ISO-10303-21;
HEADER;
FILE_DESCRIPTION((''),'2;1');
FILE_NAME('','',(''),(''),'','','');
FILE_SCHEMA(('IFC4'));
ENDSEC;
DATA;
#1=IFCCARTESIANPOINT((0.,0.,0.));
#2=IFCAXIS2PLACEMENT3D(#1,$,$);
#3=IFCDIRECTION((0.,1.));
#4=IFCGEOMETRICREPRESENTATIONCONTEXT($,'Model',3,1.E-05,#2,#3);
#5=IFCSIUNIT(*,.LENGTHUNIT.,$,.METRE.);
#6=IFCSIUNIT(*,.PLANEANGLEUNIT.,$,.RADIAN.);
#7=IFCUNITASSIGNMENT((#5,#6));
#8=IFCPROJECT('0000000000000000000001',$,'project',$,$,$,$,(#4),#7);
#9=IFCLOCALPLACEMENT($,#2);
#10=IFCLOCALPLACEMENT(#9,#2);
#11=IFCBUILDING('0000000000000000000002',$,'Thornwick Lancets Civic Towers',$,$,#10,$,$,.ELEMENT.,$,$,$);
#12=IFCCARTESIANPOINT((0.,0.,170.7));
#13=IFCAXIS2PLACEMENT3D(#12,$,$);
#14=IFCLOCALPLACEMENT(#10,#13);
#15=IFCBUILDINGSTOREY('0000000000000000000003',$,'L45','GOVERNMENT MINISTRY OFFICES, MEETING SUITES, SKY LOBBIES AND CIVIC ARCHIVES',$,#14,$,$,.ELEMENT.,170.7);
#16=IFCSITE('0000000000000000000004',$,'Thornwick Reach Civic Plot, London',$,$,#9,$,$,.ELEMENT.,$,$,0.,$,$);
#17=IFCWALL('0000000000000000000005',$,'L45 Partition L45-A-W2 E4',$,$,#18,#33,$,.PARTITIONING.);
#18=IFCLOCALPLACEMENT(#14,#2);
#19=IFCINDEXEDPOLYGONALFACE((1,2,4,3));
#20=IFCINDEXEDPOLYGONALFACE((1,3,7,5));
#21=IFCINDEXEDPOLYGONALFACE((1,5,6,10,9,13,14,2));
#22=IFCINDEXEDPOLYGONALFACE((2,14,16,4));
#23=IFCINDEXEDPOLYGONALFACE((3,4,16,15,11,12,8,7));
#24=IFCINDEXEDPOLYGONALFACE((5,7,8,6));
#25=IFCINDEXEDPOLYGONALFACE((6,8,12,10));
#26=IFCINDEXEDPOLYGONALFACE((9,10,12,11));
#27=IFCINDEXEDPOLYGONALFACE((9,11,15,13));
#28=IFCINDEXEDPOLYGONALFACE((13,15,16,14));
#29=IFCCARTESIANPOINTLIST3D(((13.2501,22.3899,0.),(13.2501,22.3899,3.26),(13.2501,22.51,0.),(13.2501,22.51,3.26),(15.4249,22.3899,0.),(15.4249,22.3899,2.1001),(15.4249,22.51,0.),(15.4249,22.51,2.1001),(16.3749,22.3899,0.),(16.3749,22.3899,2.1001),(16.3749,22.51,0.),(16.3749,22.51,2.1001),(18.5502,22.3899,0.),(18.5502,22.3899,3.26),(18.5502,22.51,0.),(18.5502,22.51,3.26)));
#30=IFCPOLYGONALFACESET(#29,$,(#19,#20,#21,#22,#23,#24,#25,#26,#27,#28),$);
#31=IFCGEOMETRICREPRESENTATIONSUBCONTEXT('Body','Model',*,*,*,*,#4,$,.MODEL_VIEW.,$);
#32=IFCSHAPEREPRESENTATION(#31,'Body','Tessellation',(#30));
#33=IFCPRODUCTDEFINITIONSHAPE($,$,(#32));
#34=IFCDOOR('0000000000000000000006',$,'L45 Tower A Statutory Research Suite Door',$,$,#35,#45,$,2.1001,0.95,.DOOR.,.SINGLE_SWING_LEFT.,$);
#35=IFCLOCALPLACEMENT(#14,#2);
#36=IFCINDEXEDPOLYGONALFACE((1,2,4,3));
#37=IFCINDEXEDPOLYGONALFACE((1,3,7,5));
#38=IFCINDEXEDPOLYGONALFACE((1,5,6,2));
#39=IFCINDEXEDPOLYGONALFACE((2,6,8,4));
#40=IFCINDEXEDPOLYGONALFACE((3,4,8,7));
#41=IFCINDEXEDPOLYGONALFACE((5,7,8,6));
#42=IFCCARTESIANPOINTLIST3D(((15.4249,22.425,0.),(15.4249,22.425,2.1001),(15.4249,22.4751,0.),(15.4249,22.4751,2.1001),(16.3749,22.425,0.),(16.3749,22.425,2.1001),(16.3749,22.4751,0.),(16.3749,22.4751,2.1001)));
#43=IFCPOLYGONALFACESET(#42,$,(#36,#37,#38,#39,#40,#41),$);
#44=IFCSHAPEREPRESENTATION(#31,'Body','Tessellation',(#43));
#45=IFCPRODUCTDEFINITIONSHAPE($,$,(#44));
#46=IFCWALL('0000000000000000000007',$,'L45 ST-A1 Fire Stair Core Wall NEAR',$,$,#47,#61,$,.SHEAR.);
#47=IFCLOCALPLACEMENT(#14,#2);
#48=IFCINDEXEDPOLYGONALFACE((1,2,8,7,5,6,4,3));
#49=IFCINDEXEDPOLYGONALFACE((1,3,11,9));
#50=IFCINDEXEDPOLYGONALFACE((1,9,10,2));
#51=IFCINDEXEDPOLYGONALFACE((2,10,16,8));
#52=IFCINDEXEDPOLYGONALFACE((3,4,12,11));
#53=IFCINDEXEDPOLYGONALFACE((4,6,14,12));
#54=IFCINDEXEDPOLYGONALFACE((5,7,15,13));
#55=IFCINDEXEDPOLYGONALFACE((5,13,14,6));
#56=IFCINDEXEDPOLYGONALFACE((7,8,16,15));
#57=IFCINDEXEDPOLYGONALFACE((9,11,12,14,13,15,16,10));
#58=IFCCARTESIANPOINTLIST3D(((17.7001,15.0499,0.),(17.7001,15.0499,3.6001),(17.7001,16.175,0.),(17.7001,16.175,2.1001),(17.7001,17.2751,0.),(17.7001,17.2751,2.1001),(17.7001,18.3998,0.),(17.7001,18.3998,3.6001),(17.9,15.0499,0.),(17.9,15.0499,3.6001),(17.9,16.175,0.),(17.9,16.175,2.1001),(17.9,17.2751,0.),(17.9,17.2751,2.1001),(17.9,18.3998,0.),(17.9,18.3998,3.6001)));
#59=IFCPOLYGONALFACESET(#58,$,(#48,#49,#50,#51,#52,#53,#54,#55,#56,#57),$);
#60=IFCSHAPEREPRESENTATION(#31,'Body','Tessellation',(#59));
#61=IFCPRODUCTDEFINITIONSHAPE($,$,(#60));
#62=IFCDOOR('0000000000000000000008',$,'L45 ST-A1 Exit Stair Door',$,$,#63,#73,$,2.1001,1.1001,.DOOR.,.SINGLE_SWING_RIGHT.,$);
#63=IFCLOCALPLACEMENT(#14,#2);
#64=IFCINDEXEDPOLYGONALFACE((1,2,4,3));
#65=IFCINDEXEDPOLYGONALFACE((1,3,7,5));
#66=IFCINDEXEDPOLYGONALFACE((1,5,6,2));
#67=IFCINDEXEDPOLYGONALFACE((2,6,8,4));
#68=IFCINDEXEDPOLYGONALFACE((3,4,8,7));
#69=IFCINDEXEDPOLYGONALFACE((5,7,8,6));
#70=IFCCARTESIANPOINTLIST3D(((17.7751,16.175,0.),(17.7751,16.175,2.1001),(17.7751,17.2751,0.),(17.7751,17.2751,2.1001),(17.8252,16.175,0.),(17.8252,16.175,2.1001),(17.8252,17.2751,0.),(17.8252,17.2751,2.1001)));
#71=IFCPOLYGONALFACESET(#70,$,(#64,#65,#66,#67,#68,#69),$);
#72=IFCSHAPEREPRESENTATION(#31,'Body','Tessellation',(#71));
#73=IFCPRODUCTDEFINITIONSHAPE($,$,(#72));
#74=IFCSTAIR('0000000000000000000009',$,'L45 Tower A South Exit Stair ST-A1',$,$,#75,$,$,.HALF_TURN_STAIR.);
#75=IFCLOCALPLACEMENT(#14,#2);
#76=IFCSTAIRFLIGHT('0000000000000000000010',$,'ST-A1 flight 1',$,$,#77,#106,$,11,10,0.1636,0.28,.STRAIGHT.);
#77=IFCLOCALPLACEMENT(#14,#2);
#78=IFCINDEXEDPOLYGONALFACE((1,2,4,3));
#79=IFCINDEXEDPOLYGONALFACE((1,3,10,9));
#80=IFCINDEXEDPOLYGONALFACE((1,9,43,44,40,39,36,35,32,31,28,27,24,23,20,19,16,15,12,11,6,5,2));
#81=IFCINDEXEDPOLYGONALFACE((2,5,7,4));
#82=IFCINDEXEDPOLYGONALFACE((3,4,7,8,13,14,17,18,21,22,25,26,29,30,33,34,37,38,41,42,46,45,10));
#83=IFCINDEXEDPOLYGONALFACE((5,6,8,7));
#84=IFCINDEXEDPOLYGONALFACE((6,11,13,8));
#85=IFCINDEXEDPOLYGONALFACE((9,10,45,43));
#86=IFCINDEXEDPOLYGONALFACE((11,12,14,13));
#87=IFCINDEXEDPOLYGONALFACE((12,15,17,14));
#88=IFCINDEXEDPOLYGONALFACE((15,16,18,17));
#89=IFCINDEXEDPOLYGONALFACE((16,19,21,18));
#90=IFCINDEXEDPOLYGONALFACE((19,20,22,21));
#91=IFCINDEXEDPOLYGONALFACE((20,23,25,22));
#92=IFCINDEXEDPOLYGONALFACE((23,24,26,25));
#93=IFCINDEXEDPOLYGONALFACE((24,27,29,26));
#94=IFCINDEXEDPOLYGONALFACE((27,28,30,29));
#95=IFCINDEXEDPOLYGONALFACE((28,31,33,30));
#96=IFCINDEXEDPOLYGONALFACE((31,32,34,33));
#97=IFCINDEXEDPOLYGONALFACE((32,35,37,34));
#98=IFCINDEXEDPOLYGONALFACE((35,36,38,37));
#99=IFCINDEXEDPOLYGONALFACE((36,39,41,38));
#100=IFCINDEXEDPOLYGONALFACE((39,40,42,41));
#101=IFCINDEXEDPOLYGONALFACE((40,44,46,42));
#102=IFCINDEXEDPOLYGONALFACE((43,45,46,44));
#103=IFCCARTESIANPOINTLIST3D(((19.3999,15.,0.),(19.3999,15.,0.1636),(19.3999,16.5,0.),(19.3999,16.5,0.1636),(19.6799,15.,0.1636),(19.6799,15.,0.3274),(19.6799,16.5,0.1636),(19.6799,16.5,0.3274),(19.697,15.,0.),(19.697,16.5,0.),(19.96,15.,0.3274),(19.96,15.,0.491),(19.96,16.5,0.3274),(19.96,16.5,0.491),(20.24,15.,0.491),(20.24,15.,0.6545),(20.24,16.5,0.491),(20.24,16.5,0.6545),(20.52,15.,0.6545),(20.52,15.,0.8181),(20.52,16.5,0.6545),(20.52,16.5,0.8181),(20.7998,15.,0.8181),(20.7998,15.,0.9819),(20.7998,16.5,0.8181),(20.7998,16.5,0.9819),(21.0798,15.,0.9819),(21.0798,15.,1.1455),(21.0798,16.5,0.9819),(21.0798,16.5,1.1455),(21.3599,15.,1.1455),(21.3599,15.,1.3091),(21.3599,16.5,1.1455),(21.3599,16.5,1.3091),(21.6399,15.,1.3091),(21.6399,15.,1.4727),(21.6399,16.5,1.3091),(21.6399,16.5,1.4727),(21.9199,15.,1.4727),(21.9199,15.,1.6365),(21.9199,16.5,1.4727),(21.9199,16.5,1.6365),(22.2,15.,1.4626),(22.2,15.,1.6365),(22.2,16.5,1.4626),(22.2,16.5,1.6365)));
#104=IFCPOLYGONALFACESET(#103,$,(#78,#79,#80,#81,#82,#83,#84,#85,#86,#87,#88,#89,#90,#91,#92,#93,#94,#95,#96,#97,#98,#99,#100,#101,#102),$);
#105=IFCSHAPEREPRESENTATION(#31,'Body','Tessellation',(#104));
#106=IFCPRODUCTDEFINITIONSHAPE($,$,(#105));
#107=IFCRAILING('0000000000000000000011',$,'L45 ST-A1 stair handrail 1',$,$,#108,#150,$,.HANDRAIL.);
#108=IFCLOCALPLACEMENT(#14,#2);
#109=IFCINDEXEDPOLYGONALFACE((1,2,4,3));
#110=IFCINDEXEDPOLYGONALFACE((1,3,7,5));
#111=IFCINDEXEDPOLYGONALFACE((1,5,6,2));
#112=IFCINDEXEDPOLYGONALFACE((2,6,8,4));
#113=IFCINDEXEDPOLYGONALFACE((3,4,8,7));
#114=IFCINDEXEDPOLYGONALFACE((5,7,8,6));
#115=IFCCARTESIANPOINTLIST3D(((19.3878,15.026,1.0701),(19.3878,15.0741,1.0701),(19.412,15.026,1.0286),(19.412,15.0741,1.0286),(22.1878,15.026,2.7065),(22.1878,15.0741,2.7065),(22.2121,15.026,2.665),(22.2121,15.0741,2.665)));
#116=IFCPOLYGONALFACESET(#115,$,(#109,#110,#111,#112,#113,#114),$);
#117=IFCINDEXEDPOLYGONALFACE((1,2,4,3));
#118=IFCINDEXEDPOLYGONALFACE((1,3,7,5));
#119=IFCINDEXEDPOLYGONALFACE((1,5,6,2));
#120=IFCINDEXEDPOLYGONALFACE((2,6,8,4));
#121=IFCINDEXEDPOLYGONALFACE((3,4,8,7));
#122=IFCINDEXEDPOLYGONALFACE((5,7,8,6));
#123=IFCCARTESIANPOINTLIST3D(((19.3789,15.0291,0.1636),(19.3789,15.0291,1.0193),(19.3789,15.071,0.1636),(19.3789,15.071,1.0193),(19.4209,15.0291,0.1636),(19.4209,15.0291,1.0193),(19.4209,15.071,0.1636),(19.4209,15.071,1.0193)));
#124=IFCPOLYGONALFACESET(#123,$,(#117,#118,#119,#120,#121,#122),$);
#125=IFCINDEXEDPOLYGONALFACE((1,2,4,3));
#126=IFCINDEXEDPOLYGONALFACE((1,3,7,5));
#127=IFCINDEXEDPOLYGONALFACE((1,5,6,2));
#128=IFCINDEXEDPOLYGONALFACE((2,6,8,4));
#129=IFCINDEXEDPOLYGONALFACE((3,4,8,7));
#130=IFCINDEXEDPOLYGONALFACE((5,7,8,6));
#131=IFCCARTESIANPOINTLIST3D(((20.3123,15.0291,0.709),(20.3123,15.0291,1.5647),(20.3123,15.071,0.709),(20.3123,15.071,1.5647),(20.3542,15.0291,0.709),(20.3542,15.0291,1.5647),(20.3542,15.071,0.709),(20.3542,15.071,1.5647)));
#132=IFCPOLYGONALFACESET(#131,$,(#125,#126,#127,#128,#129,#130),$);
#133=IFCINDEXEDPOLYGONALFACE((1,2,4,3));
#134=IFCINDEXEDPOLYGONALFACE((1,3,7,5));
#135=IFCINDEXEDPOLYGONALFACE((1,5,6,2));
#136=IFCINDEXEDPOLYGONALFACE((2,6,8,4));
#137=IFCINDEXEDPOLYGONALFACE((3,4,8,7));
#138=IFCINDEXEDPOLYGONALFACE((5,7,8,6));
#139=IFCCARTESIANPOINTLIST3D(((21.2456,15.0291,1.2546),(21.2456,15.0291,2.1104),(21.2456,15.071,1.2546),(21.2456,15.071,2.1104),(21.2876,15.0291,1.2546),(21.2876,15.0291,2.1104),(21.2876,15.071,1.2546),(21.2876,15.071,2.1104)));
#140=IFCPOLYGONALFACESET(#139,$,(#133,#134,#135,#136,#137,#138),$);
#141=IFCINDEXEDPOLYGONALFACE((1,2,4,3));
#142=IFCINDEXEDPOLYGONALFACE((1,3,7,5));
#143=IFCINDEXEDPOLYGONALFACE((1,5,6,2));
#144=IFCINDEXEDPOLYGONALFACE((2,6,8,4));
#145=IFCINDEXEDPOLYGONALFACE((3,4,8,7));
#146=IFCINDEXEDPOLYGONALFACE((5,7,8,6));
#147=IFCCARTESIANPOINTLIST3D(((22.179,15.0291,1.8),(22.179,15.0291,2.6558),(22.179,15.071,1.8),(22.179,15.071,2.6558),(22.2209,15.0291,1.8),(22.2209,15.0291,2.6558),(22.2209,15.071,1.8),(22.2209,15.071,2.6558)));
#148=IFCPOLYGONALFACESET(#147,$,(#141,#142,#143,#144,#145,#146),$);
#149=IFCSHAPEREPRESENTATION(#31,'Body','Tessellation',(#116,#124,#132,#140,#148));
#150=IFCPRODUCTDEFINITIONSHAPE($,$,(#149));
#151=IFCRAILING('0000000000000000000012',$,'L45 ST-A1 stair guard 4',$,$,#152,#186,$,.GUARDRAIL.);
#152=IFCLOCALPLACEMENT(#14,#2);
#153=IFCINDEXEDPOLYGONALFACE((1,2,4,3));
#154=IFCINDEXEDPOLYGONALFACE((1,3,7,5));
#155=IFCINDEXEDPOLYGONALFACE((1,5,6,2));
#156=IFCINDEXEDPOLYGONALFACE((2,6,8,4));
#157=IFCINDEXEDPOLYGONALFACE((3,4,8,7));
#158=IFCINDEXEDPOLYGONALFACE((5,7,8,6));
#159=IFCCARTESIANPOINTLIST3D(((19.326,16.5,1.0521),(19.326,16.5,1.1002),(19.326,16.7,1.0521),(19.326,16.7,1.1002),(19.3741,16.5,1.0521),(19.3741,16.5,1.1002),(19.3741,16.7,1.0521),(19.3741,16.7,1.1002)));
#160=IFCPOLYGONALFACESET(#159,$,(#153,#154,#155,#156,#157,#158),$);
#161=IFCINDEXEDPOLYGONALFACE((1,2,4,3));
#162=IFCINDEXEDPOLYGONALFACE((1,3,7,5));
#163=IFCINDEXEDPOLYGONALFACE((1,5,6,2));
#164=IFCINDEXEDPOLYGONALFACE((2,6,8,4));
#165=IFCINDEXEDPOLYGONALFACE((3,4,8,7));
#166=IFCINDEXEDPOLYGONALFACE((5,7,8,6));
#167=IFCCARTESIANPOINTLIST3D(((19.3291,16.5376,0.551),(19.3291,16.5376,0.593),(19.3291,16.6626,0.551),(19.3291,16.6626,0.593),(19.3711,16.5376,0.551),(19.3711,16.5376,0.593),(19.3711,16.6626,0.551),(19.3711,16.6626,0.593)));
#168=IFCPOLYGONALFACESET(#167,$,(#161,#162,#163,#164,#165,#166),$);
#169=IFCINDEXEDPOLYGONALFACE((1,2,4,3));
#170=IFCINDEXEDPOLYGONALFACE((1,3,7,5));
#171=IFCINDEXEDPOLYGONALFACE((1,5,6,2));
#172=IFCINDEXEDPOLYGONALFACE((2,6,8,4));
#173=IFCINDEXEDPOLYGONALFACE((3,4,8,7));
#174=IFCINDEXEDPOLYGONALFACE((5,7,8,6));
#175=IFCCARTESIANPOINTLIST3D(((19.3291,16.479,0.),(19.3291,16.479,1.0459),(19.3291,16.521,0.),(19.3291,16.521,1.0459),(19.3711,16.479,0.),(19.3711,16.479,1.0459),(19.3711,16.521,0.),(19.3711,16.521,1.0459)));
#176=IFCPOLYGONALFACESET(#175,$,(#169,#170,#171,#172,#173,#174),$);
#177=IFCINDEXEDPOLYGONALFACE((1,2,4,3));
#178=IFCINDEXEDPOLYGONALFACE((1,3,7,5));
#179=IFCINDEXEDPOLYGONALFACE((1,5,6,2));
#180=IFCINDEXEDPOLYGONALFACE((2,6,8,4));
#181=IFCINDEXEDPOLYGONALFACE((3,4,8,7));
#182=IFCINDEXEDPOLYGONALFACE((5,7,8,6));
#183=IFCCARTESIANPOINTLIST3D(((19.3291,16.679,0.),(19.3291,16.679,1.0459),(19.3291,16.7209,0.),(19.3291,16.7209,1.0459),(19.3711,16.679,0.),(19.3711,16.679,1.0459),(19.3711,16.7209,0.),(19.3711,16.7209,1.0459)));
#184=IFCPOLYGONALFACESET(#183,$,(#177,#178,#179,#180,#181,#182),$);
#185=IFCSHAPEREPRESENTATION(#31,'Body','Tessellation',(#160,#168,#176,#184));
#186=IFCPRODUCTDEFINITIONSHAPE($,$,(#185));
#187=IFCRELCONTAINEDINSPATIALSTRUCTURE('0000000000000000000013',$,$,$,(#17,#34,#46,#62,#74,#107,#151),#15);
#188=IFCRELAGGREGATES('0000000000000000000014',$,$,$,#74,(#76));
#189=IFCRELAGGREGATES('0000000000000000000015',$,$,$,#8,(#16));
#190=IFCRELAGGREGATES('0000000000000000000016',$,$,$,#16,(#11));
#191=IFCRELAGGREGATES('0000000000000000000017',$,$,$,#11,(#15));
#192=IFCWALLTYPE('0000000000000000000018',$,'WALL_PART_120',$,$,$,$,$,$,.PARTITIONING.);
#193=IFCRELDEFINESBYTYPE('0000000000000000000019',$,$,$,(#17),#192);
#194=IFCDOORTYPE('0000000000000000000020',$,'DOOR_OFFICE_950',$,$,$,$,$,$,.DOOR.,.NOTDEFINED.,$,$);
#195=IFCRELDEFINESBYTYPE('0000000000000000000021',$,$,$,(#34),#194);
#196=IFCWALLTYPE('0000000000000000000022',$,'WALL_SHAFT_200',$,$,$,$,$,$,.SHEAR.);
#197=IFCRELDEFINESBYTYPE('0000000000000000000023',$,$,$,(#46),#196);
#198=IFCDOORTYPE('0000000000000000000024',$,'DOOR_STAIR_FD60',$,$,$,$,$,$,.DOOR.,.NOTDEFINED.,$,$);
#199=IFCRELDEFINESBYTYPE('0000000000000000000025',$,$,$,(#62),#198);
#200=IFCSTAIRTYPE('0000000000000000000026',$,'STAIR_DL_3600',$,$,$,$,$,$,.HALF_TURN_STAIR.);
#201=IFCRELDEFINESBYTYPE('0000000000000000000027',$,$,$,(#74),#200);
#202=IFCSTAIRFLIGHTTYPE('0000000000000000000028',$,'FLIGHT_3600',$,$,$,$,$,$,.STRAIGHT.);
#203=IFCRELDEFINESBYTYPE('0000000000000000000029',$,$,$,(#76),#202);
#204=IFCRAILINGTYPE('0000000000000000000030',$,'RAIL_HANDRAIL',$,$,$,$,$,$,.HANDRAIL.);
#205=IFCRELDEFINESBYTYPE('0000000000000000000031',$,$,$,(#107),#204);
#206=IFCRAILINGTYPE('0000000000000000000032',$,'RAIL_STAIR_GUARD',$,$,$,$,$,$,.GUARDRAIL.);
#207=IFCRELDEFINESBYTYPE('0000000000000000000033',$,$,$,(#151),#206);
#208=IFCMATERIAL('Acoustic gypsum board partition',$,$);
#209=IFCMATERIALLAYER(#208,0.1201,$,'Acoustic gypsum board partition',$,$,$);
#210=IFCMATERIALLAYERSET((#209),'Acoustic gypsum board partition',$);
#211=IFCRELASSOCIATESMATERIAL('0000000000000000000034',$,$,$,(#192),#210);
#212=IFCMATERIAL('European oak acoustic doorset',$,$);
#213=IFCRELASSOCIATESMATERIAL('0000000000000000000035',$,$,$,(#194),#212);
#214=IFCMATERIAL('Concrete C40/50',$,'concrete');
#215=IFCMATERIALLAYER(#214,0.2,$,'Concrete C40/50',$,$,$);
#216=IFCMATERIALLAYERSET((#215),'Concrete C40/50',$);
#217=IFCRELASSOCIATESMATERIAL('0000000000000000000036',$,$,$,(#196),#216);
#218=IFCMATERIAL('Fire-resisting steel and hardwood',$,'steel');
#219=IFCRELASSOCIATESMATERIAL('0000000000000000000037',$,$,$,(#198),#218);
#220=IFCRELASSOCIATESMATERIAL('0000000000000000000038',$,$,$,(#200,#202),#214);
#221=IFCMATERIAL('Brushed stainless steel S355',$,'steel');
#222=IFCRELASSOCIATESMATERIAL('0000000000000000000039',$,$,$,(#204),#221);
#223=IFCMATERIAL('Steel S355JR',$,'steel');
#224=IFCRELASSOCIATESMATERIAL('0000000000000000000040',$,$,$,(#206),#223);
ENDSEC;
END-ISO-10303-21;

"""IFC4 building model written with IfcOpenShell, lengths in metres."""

from ifc_helpers import new_model, si_unit, direction, frame, frame_2d, origin, origin_2d, place, context, subcontext, project, spatial, polyline, rectangle, outline, extrude, material, layer, layer_set, type_object, element, fill, aggregate, save


model = new_model("IFC4")

# Units and contexts
model_context = context("Model", 3, precision=1e-05, world=origin(), true_north=direction((0.0, 1.0)))
body_context = subcontext(model_context, "Body", "Model", "MODEL_VIEW")
ifc_project = project(units=[si_unit("LENGTHUNIT", "METRE"), si_unit("PLANEANGLEUNIT", "RADIAN")], contexts=[model_context])

# Site, building, storey
site_placement = place(None, origin())
site = spatial("IfcSite", under=ifc_project, at=site_placement, Name="Thornwick Reach Civic Plot, London", CompositionType="ELEMENT", RefElevation=0.0)
building_placement = place(site_placement, origin())
building = spatial("IfcBuilding", under=site, at=building_placement, Name="Thornwick Lancets Civic Towers", CompositionType="ELEMENT")
storey_placement = place(building_placement, frame((0.0, 0.0, 170.7)))
storey = spatial("IfcBuildingStorey", under=building, at=storey_placement, Name="L45", Description="GOVERNMENT MINISTRY OFFICES, MEETING SUITES, SKY LOBBIES AND CIVIC ARCHIVES", CompositionType="ELEMENT", Elevation=170.7)

# Shared definitions
ifc_material_1 = material(Name="Acoustic gypsum board partition")
ifc_layer_1 = layer(ifc_material_1, 0.1201, Name="Acoustic gypsum board partition")
ifc_layer_set_1 = layer_set([ifc_layer_1], Name="Acoustic gypsum board partition")
wall_type_1 = type_object("IfcWallType", Name="WALL_PART_120", PredefinedType="PARTITIONING", material=ifc_layer_set_1)

# Walls, openings, doors
wall_1_placement = place(storey_placement, frame((18.55, 22.45, 0.0), z_axis=(0.0, 0.0, 1.0), x_axis=(-1.0, 0.0, 0.0)))
wall_1 = element("IfcWall", 1, at=wall_1_placement, inside=storey, type_object=wall_type_1, Name="L45 Partition L45-A-W2 E4", PredefinedType="PARTITIONING", context=body_context, shape_type="SweptSolid", body=[
    extrude(rectangle(XDim=5.3, YDim=0.1201, at=frame_2d((2.6499, 0.0))), origin(), (0.0, 0.0, 1.0), 3.26),
])
opening_1_placement = place(wall_1_placement, frame((2.175, 0.0, 0.0)))
opening_1 = element("IfcOpeningElement", 2, at=opening_1_placement, cuts=wall_1, PredefinedType="OPENING", context=body_context, shape_type="SweptSolid", body=[
    extrude(rectangle(XDim=0.95, YDim=2.1001, at=frame_2d((0.4751, 1.05))), frame((0.0, 0.0701, 0.0), z_axis=(0.0, -1.0, 0.0), x_axis=(1.0, 0.0, 0.0)), (0.0, 0.0, 1.0), 0.1401),
])
ifc_material_2 = material(Name="European oak acoustic doorset")
door_type_1 = type_object("IfcDoorType", Name="DOOR_OFFICE_950", OperationType="NOTDEFINED", PredefinedType="DOOR", material=ifc_material_2)
door_1_placement = place(opening_1_placement, origin())
door_1 = element("IfcDoor", 3, at=door_1_placement, inside=storey, type_object=door_type_1, Name="L45 Tower A Statutory Research Suite Door", OperationType="SINGLE_SWING_LEFT", OverallHeight=2.1001, OverallWidth=0.95, PredefinedType="DOOR", context=body_context, shape_type="SweptSolid", body=[
    extrude(rectangle(XDim=0.95, YDim=2.1001, at=frame_2d((0.4751, 1.05))), frame((0.0, 0.0249, 0.0), z_axis=(0.0, -1.0, 0.0), x_axis=(1.0, 0.0, 0.0)), (0.0, 0.0, 1.0), 0.05),
])
fill(opening_1, door_1)
ifc_material_3 = material(Name="Concrete C40/50", Category="concrete")
ifc_layer_2 = layer(ifc_material_3, 0.2, Name="Concrete C40/50")
ifc_layer_set_2 = layer_set([ifc_layer_2], Name="Concrete C40/50")
wall_type_2 = type_object("IfcWallType", Name="WALL_SHAFT_200", PredefinedType="SHEAR", material=ifc_layer_set_2)
wall_2_placement = place(storey_placement, frame((17.8, 15.05, 0.0), z_axis=(0.0, 0.0, 1.0), x_axis=(0.0, 1.0, 0.0)))
wall_2 = element("IfcWall", 4, at=wall_2_placement, inside=storey, type_object=wall_type_2, Name="L45 ST-A1 Fire Stair Core Wall NEAR", PredefinedType="SHEAR", context=body_context, shape_type="SweptSolid", body=[
    extrude(rectangle(XDim=3.3499, YDim=0.2, at=frame_2d((1.6748, 0.0))), origin(), (0.0, 0.0, 1.0), 3.6001),
])
opening_2_placement = place(wall_2_placement, frame((1.125, 0.0, 0.0)))
opening_2 = element("IfcOpeningElement", 5, at=opening_2_placement, cuts=wall_2, PredefinedType="OPENING", context=body_context, shape_type="SweptSolid", body=[
    extrude(rectangle(XDim=1.1001, YDim=2.1001, at=frame_2d((0.55, 1.05))), frame((0.0, 0.1099, 0.0), z_axis=(0.0, -1.0, 0.0), x_axis=(1.0, 0.0, 0.0)), (0.0, 0.0, 1.0), 0.22),
])
ifc_material_4 = material(Name="Fire-resisting steel and hardwood", Category="steel")
door_type_2 = type_object("IfcDoorType", Name="DOOR_STAIR_FD60", OperationType="NOTDEFINED", PredefinedType="DOOR", material=ifc_material_4)
door_2_placement = place(opening_2_placement, origin())
door_2 = element("IfcDoor", 6, at=door_2_placement, inside=storey, type_object=door_type_2, Name="L45 ST-A1 Exit Stair Door", OperationType="SINGLE_SWING_RIGHT", OverallHeight=2.1001, OverallWidth=1.1001, PredefinedType="DOOR", context=body_context, shape_type="SweptSolid", body=[
    extrude(rectangle(XDim=1.1001, YDim=2.1001, at=frame_2d((0.55, 1.05))), frame((0.0, 0.0249, 0.0), z_axis=(0.0, -1.0, 0.0), x_axis=(1.0, 0.0, 0.0)), (0.0, 0.0, 1.0), 0.05),
])
fill(opening_2, door_2)

# Stair, stair flight
stair_type = type_object("IfcStairType", Name="STAIR_DL_3600", PredefinedType="HALF_TURN_STAIR", material=ifc_material_3)
stair_placement = place(storey_placement, origin())
stair = element("IfcStair", 7, at=stair_placement, inside=storey, type_object=stair_type, Name="L45 Tower A South Exit Stair ST-A1", PredefinedType="HALF_TURN_STAIR")
stair_flight_type = type_object("IfcStairFlightType", Name="FLIGHT_3600", PredefinedType="STRAIGHT", material=ifc_material_3)
stair_flight_placement = place(storey_placement, frame((19.3999, 15.75, 0.0), z_axis=(0.0, 0.0, 1.0), x_axis=(1.0, 0.0, 0.0)))
stair_flight = element("IfcStairFlight", 8, at=stair_flight_placement, type_object=stair_flight_type, Name="ST-A1 flight 1", NumberOfRisers=11, NumberOfTreads=10, PredefinedType="STRAIGHT", RiserHeight=0.1636, TreadLength=0.28, context=body_context, shape_type="SweptSolid", body=[
    extrude(outline(polyline([(0.0, 0.0), (0.0, 0.1636), (0.28, 0.1636), (0.28, 0.3274), (0.5601, 0.3274), (0.5601, 0.491), (0.8401, 0.491), (0.8401, 0.6545), (1.1201, 0.6545), (1.1201, 0.8181), (1.3999, 0.8181), (1.3999, 0.9819), (1.6799, 0.9819), (1.6799, 1.1455), (1.96, 1.1455), (1.96, 1.3091), (2.24, 1.3091), (2.24, 1.4727), (2.52, 1.4727), (2.52, 1.6365), (2.8, 1.6365), (2.8, 1.8), (2.8, 1.4626), (0.2971, 0.0), (0.0, 0.0)])), frame((0.0, 0.75, 0.0), z_axis=(0.0, -1.0, 0.0), x_axis=(1.0, 0.0, 0.0)), (0.0, 0.0, 1.0), 1.5),
])
aggregate(stair, [stair_flight])

# Railings
ifc_material_5 = material(Name="Brushed stainless steel S355", Category="steel")
railing_type_1 = type_object("IfcRailingType", Name="RAIL_HANDRAIL", PredefinedType="HANDRAIL", material=ifc_material_5)
railing_1_placement = place(storey_placement, frame((19.3999, 15.05, 0.1636)))
element("IfcRailing", 9, at=railing_1_placement, inside=storey, type_object=railing_type_1, Name="L45 ST-A1 stair handrail 1", PredefinedType="HANDRAIL", context=body_context, shape_type="SweptSolid", body=[
    extrude(rectangle(XDim=0.0481, YDim=0.0481, at=origin_2d()), frame((0.0, 0.0, 0.8857), z_axis=(0.863361, 0.0, 0.504587), x_axis=(0.0, 1.0, 0.0)), (0.0, 0.0, 1.0), 3.2432),
    extrude(rectangle(XDim=0.042, YDim=0.042, at=origin_2d()), origin(), (0.0, 0.0, 1.0), 0.8557),
    extrude(rectangle(XDim=0.042, YDim=0.042, at=origin_2d()), frame((0.9333, 0.0, 0.5454)), (0.0, 0.0, 1.0), 0.8557),
    extrude(rectangle(XDim=0.042, YDim=0.042, at=origin_2d()), frame((1.8667, 0.0, 1.0911)), (0.0, 0.0, 1.0), 0.8557),
    extrude(rectangle(XDim=0.042, YDim=0.042, at=origin_2d()), frame((2.8, 0.0, 1.6365)), (0.0, 0.0, 1.0), 0.8557),
])
ifc_material_6 = material(Name="Steel S355JR", Category="steel")
railing_type_2 = type_object("IfcRailingType", Name="RAIL_STAIR_GUARD", PredefinedType="GUARDRAIL", material=ifc_material_6)
railing_2_placement = place(storey_placement, frame((19.3501, 16.5, 0.0)))
element("IfcRailing", 10, at=railing_2_placement, inside=storey, type_object=railing_type_2, Name="L45 ST-A1 stair guard 4", PredefinedType="GUARDRAIL", context=body_context, shape_type="SweptSolid", body=[
    extrude(rectangle(XDim=0.0481, YDim=0.0481, at=origin_2d()), frame((0.0, 0.0, 1.0762), z_axis=(0.0, 1.0, 0.0), x_axis=(-1.0, 0.0, 0.0)), (0.0, 0.0, 1.0), 0.2),
    extrude(rectangle(XDim=0.042, YDim=0.042, at=origin_2d()), frame((0.0, 0.0376, 0.572), z_axis=(0.0, 1.0, 0.0), x_axis=(-1.0, 0.0, 0.0)), (0.0, 0.0, 1.0), 0.125),
    extrude(rectangle(XDim=0.042, YDim=0.042, at=origin_2d()), origin(), (0.0, 0.0, 1.0), 1.0459),
    extrude(rectangle(XDim=0.042, YDim=0.042, at=origin_2d()), frame((0.0, 0.2, 0.0)), (0.0, 0.0, 1.0), 1.0459),
])

save(model, "model.ifc")
